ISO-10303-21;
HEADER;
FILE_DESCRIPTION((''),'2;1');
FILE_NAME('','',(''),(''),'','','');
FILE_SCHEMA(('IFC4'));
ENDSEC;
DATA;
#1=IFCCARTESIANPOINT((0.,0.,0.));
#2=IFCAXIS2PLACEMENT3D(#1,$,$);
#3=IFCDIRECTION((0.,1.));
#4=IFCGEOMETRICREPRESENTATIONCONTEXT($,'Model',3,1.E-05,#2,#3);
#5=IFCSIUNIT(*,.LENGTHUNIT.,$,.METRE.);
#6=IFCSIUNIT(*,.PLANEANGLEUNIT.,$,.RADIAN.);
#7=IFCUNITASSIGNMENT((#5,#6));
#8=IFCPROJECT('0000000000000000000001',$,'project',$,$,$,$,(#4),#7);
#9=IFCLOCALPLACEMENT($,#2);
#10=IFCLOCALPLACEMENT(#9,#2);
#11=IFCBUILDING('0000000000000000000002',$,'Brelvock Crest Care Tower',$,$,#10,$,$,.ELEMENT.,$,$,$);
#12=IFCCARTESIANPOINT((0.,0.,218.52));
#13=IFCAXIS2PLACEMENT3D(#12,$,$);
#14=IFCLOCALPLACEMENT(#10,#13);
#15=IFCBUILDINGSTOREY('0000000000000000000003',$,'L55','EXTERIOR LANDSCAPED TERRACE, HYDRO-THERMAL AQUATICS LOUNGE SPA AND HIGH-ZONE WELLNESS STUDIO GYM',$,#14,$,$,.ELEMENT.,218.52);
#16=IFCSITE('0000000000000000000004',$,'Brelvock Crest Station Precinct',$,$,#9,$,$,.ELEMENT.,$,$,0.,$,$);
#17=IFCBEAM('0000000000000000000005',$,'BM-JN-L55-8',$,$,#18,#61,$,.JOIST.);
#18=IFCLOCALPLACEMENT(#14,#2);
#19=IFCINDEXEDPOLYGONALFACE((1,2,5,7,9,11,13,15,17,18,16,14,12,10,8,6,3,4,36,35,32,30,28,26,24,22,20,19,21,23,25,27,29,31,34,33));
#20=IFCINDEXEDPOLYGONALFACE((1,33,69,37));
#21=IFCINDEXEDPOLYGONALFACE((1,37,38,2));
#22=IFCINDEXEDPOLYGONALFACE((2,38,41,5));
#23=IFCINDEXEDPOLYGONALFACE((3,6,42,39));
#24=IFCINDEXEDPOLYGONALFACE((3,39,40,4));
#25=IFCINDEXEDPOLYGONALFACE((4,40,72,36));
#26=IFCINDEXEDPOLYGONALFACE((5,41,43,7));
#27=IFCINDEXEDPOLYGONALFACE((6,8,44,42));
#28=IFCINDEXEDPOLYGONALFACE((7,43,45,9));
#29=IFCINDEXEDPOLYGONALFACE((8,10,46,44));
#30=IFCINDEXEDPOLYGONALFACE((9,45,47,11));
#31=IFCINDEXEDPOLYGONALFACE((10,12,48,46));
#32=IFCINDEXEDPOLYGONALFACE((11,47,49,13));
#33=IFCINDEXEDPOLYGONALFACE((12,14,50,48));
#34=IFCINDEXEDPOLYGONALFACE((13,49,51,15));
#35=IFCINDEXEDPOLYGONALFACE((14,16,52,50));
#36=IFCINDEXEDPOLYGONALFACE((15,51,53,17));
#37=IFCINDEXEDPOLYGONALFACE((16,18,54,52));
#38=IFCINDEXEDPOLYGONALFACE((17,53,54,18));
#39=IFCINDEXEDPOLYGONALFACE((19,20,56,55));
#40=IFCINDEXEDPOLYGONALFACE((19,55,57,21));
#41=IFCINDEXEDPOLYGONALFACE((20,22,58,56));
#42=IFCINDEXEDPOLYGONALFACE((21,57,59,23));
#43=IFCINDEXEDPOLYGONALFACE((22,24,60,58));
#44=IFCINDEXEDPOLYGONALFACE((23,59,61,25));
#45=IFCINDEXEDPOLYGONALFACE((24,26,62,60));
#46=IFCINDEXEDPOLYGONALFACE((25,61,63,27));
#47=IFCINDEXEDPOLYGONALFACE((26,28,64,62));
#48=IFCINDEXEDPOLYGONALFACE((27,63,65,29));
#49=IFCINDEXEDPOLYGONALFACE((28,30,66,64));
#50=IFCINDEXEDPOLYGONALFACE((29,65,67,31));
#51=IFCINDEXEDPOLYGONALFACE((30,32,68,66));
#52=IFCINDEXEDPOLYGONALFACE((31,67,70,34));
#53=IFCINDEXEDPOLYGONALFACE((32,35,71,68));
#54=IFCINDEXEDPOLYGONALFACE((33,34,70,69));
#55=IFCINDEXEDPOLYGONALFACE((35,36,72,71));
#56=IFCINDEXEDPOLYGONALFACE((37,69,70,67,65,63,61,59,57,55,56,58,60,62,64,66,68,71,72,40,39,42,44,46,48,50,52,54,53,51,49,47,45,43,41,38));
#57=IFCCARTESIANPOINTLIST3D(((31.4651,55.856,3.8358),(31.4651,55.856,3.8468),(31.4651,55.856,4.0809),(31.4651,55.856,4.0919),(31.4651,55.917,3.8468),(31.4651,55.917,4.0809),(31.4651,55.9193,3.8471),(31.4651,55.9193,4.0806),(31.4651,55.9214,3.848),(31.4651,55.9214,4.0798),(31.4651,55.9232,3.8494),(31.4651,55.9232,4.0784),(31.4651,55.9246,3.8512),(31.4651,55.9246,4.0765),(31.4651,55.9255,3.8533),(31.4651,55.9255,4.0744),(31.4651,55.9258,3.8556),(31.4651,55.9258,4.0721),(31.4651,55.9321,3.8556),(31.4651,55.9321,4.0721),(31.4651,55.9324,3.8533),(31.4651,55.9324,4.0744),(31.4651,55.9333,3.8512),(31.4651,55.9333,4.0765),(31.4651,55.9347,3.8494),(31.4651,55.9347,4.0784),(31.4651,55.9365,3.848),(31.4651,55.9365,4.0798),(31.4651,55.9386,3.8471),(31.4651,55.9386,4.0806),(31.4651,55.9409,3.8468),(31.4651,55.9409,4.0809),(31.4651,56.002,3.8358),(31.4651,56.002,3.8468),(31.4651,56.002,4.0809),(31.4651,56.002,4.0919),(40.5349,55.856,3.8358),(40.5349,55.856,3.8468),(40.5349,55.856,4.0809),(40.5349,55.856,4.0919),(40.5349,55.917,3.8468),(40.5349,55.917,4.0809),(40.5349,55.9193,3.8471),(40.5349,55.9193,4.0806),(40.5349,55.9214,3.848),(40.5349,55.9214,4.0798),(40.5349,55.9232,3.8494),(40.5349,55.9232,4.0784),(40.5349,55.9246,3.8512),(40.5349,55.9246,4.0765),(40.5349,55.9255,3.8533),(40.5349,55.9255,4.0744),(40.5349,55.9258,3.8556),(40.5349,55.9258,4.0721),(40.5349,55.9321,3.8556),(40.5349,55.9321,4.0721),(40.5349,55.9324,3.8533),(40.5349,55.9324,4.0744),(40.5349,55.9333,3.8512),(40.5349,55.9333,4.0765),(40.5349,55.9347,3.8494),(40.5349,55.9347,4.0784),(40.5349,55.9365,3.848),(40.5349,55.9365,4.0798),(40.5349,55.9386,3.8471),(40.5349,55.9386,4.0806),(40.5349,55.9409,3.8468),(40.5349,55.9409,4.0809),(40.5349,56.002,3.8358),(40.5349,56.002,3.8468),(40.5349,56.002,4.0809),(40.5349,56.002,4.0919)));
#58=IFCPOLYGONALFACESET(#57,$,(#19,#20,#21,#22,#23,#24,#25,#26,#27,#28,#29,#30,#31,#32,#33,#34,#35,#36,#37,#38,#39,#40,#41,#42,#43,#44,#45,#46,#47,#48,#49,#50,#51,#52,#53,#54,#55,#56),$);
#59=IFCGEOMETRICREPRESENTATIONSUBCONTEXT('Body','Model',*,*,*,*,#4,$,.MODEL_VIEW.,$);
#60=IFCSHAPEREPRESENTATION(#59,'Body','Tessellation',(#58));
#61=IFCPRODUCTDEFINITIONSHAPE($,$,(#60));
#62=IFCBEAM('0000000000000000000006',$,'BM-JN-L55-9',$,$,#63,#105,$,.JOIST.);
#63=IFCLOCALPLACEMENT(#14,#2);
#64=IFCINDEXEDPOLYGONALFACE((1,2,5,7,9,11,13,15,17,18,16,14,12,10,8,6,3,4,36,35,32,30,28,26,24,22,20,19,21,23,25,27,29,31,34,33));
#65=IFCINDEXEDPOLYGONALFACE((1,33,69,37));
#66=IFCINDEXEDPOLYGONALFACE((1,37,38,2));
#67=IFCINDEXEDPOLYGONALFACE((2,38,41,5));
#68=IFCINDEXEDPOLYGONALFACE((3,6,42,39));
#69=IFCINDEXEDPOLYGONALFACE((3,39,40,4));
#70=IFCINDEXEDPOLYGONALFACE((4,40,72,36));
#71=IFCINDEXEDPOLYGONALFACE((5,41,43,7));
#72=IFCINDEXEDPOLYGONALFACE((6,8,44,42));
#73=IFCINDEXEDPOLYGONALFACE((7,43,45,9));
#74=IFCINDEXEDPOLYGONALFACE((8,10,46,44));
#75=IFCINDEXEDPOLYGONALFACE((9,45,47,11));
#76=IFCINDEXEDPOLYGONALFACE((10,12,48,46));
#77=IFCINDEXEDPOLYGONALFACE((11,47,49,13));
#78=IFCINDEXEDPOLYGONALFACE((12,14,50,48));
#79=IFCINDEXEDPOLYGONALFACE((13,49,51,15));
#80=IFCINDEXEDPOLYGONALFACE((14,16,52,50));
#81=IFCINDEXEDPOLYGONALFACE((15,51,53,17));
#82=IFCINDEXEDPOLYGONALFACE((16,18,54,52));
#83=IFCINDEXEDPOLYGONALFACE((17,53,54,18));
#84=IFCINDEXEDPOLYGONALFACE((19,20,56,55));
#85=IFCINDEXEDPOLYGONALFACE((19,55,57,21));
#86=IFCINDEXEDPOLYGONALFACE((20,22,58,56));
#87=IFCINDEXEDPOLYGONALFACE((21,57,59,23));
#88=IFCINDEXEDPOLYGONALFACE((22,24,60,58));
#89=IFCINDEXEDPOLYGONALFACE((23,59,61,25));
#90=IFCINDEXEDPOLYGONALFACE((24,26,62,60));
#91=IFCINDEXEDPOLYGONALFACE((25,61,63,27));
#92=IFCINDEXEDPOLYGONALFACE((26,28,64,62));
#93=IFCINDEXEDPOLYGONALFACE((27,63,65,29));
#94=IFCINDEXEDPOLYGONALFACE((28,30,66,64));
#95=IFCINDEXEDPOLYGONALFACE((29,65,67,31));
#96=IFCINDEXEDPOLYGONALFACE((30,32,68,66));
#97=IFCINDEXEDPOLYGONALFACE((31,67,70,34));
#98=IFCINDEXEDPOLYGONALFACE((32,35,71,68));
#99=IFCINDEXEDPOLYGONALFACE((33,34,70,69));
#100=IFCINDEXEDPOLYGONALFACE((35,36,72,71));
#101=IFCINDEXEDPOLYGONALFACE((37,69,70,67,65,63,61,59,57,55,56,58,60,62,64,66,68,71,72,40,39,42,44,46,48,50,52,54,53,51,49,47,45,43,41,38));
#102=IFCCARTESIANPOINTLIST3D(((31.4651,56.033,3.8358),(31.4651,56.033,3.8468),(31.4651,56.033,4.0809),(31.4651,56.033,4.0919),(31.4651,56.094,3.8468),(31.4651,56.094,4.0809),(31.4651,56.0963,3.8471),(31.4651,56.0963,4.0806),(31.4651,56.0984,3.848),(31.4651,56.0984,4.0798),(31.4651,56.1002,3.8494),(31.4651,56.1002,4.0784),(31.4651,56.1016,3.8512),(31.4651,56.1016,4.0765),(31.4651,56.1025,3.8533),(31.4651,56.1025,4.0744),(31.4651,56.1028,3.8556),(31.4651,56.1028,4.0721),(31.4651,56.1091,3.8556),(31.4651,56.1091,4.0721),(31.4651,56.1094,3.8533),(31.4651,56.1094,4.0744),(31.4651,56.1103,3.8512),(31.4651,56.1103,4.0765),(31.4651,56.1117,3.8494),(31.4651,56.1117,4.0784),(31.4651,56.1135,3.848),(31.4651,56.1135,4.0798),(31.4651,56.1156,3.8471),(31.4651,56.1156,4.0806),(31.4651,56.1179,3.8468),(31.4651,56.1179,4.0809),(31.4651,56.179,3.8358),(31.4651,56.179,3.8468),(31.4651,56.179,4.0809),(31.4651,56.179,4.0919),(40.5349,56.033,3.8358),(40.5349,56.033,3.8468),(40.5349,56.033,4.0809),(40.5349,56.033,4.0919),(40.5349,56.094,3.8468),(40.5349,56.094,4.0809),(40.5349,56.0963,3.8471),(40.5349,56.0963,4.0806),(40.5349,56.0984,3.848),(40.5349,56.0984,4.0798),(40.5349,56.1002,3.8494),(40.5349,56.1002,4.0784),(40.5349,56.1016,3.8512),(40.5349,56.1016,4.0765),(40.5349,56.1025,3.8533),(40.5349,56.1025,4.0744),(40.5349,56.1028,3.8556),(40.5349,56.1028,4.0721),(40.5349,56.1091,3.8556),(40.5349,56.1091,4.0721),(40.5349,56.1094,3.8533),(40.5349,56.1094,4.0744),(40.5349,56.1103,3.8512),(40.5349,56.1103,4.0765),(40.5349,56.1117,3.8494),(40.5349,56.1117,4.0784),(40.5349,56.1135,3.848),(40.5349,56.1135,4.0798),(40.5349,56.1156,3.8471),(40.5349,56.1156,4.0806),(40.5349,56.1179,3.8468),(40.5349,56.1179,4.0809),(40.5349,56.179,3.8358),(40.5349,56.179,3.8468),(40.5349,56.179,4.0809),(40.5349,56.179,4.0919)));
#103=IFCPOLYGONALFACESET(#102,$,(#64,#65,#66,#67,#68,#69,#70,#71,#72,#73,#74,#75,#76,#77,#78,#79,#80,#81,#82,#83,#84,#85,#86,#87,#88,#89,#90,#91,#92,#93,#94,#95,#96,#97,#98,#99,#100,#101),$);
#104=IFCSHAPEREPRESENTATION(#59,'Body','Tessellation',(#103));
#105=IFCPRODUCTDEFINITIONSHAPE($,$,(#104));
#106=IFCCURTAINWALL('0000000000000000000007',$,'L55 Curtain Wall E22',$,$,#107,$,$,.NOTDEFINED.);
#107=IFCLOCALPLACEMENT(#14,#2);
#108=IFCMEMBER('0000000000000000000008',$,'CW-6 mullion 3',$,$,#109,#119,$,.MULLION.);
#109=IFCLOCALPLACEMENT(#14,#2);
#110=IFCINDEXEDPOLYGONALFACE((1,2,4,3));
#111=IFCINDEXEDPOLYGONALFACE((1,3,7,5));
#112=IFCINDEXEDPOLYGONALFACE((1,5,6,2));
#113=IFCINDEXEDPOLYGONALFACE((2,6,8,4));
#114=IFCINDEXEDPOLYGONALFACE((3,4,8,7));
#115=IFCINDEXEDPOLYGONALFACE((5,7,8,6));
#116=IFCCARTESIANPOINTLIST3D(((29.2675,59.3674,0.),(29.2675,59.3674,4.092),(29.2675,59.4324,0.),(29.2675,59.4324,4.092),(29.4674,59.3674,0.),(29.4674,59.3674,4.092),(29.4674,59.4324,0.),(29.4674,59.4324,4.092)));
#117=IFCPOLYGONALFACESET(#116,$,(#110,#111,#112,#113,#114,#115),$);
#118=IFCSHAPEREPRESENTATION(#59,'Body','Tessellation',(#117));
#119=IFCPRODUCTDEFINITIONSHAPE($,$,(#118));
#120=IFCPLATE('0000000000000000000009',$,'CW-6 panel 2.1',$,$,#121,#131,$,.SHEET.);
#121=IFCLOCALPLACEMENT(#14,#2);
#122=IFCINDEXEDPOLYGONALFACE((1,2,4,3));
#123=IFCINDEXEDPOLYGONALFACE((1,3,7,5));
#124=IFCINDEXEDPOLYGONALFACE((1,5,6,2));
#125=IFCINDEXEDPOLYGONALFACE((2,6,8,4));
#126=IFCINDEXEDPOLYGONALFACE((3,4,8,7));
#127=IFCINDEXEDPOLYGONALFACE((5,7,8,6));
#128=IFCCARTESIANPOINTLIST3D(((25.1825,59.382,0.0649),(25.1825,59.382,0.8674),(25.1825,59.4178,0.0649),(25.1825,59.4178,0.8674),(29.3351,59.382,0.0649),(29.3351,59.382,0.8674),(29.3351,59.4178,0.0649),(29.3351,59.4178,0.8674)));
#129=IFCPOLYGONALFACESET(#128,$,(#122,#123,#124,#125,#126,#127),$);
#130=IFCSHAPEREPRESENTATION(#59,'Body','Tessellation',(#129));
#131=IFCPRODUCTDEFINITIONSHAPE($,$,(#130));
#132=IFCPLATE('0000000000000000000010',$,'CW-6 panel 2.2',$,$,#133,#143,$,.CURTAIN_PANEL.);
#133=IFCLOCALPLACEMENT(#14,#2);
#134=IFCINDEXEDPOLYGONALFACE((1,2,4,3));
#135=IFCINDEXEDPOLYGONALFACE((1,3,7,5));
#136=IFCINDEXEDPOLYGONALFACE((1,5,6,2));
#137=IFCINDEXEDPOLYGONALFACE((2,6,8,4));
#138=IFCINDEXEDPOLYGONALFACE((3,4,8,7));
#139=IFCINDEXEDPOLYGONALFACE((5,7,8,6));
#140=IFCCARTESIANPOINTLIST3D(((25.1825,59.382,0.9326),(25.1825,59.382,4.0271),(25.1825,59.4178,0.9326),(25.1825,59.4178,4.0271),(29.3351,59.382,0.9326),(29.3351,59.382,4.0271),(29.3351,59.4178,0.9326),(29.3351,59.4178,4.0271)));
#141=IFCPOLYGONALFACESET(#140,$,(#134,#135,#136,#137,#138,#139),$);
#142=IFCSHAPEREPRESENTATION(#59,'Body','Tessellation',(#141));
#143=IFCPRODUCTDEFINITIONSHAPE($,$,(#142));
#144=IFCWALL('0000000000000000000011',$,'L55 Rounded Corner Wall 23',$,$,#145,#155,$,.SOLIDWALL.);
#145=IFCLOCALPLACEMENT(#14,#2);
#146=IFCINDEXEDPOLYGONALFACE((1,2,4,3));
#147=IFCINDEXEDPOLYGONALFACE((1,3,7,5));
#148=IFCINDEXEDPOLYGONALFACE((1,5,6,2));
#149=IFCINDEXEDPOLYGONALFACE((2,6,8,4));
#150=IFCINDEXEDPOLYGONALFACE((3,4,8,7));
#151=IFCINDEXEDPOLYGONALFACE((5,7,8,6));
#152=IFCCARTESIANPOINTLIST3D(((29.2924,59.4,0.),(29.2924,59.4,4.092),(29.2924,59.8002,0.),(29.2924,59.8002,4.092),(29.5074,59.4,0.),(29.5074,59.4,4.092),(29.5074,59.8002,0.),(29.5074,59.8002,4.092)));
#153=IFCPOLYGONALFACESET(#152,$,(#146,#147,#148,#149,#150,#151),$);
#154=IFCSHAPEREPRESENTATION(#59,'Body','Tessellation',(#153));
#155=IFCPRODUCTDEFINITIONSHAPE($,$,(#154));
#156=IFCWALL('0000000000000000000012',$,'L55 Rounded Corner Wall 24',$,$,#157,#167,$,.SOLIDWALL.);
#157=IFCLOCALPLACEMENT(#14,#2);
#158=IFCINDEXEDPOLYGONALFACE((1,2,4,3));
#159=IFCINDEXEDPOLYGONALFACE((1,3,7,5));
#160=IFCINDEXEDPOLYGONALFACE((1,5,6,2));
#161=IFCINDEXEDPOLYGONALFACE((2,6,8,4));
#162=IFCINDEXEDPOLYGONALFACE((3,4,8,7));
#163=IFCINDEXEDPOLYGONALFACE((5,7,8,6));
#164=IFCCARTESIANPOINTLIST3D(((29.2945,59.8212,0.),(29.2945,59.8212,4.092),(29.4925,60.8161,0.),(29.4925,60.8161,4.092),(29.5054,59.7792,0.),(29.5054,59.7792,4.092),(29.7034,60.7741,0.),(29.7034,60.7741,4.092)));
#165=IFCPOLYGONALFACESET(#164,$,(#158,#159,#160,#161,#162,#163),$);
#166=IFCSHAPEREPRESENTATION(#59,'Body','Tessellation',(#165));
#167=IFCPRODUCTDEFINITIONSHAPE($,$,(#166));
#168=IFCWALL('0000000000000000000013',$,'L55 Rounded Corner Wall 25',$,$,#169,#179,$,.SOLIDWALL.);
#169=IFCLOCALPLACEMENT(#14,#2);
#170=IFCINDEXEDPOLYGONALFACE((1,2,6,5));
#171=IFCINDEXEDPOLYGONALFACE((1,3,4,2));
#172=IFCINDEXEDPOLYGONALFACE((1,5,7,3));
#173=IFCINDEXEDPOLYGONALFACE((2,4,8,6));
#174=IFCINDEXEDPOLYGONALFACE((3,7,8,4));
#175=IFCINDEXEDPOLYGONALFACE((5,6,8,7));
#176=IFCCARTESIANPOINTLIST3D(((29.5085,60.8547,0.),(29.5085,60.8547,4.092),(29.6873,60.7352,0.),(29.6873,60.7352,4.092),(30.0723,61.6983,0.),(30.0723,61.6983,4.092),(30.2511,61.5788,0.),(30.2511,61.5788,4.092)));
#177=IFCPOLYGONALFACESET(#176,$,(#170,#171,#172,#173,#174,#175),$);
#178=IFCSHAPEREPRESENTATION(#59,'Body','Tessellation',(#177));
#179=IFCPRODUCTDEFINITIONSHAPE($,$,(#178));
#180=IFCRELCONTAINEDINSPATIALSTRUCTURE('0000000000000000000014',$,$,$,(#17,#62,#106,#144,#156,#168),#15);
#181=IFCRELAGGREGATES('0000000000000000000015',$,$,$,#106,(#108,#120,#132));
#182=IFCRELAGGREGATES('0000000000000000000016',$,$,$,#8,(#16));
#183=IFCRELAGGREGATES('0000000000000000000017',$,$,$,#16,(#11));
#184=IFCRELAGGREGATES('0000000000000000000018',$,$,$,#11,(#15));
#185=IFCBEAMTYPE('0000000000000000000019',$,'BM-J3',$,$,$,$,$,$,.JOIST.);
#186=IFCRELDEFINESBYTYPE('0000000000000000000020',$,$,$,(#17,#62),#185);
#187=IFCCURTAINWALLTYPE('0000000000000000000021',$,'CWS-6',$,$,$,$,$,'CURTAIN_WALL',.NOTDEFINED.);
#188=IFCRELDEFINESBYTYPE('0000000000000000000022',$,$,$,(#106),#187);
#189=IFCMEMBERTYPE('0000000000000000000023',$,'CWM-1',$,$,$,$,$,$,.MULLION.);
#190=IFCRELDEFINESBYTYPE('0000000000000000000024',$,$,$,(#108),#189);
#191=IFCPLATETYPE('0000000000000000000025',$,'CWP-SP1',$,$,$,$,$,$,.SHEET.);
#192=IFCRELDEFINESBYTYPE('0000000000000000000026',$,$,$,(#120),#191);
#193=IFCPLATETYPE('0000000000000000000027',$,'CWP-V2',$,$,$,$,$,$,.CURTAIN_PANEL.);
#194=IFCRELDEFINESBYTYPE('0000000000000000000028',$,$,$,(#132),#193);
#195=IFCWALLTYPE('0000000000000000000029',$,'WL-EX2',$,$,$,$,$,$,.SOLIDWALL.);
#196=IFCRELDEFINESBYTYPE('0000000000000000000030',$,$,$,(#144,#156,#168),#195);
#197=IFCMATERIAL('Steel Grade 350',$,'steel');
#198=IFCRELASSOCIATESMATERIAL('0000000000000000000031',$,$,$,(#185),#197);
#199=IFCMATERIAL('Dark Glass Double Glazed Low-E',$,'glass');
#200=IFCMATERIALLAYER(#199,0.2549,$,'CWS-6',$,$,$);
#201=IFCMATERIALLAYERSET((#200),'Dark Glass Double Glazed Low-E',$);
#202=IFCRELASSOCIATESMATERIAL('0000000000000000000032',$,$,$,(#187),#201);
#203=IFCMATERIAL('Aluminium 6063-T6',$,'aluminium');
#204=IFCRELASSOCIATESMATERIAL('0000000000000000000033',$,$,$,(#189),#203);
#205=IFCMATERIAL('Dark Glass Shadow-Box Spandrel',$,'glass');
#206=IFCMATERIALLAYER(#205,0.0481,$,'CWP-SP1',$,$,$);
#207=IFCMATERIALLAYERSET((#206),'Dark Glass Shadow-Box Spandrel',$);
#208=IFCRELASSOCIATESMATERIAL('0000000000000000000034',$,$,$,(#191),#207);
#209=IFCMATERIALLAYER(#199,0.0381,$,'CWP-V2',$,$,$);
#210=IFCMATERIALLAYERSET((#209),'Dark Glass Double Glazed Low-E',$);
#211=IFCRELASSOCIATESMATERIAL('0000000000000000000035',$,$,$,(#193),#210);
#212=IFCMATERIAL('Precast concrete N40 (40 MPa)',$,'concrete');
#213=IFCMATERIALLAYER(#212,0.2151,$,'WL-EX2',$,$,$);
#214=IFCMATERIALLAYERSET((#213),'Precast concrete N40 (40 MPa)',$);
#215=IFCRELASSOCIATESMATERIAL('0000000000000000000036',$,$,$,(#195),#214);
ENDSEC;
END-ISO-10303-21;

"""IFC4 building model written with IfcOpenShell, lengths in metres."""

from ifc_helpers import new_model, si_unit, direction, frame, frame_2d, origin, origin_2d, place, context, subcontext, project, spatial, rectangle, i_section, extrude, source, transform, mapped, material, layer, layer_set, material_profile, profile_set, type_object, element, aggregate, save


model = new_model("IFC4")

# Units and contexts
model_context = context("Model", 3, precision=1e-05, world=origin(), true_north=direction((0.0, 1.0)))
body_context = subcontext(model_context, "Body", "Model", "MODEL_VIEW")
ifc_project = project(units=[si_unit("LENGTHUNIT", "METRE"), si_unit("PLANEANGLEUNIT", "RADIAN")], contexts=[model_context])

# Site, building, storey
site_placement = place(None, origin())
site = spatial("IfcSite", under=ifc_project, at=site_placement, Name="Brelvock Crest Station Precinct", CompositionType="ELEMENT", RefElevation=0.0)
building_placement = place(site_placement, origin())
building = spatial("IfcBuilding", under=site, at=building_placement, Name="Brelvock Crest Care Tower", CompositionType="ELEMENT")
storey_placement = place(building_placement, frame((0.0, 0.0, 218.52)))
storey = spatial("IfcBuildingStorey", under=building, at=storey_placement, Name="L55", Description="EXTERIOR LANDSCAPED TERRACE, HYDRO-THERMAL AQUATICS LOUNGE SPA AND HIGH-ZONE WELLNESS STUDIO GYM", CompositionType="ELEMENT", Elevation=218.52)

# Shared definitions
ifc_material_1 = material(Name="Steel Grade 350", Category="steel")

# Beams
ifc_material_profile_1 = material_profile(ifc_material_1, i_section(OverallWidth=0.146, OverallDepth=0.2561, WebThickness=0.0063, FlangeThickness=0.011, FilletRadius=0.0088, at=origin_2d()), Name="250UB37.3")
ifc_profile_set_1 = profile_set([ifc_material_profile_1], Name="Steel Grade 350")
beam_type_1 = type_object("IfcBeamType", Name="BM-J3", PredefinedType="JOIST", material=ifc_profile_set_1)
shared_shape_1 = source(origin(), body_context, "Body", "SweptSolid", [
    extrude(i_section(OverallWidth=0.146, OverallDepth=0.2561, WebThickness=0.0063, FlangeThickness=0.011, FilletRadius=0.0088, at=origin_2d()), origin(), (0.0, 0.0, 1.0), 9.0698),
])
for number, where, z_axis, x_axis, name in (
    (1, (31.4651, 55.929, 3.9639), (1.0, 0.0, 0.0), (0.0, 1.0, 0.0), "BM-JN-L55-8"),
    (2, (31.4651, 56.106, 3.9639), (1.0, 0.0, 0.0), (0.0, 1.0, 0.0), "BM-JN-L55-9"),
):
    element("IfcBeam", number, at=place(storey_placement, frame(where, z_axis=z_axis, x_axis=x_axis)), inside=storey, type_object=beam_type_1, Name=name, PredefinedType="JOIST", context=body_context, shape_type="MappedRepresentation", body=[
        mapped(shared_shape_1, transform((0.0, 0.0, 0.0), x_axis=(1.0, 0.0, 0.0), y_axis=(0.0, 1.0, 0.0), z_axis=(0.0, 0.0, 1.0), scale=1.0)),
    ])

# Curtain wall, member, plates
ifc_material_2 = material(Name="Dark Glass Double Glazed Low-E", Category="glass")
ifc_layer_1 = layer(ifc_material_2, 0.2549, Name="CWS-6")
ifc_layer_set_1 = layer_set([ifc_layer_1], Name="Dark Glass Double Glazed Low-E")
curtain_wall_type = type_object("IfcCurtainWallType", Name="CWS-6", ElementType="CURTAIN_WALL", PredefinedType="NOTDEFINED", material=ifc_layer_set_1)
curtain_wall_placement = place(storey_placement, origin())
curtain_wall = element("IfcCurtainWall", 3, at=curtain_wall_placement, inside=storey, type_object=curtain_wall_type, Name="L55 Curtain Wall E22", PredefinedType="NOTDEFINED")
ifc_material_3 = material(Name="Aluminium 6063-T6", Category="aluminium")
ifc_material_profile_2 = material_profile(ifc_material_3, rectangle(XDim=0.0649, YDim=0.2, at=origin_2d()), Name="ALU65x200")
ifc_profile_set_2 = profile_set([ifc_material_profile_2], Name="Aluminium 6063-T6")
member_type = type_object("IfcMemberType", Name="CWM-1", PredefinedType="MULLION", material=ifc_profile_set_2)
shared_shape_2 = source(origin(), body_context, "Body", "SweptSolid", [
    extrude(rectangle(XDim=0.0649, YDim=0.2, at=origin_2d()), origin(), (0.0, 0.0, 1.0), 4.092),
])
member_placement = place(storey_placement, frame((29.3674, 59.3999, 0.0), z_axis=(0.0, 0.0, 1.0), x_axis=(0.0, 1.0, 0.0)))
member = element("IfcMember", 4, at=member_placement, type_object=member_type, Name="CW-6 mullion 3", PredefinedType="MULLION", context=body_context, shape_type="MappedRepresentation", body=[
    mapped(shared_shape_2, transform((0.0, 0.0, 0.0), x_axis=(1.0, 0.0, 0.0), y_axis=(0.0, 1.0, 0.0), z_axis=(0.0, 0.0, 1.0), scale=1.0)),
])
ifc_material_4 = material(Name="Dark Glass Shadow-Box Spandrel", Category="glass")
ifc_layer_2 = layer(ifc_material_4, 0.0481, Name="CWP-SP1")
ifc_layer_set_2 = layer_set([ifc_layer_2], Name="Dark Glass Shadow-Box Spandrel")
plate_type_1 = type_object("IfcPlateType", Name="CWP-SP1", PredefinedType="SHEET", material=ifc_layer_set_2)
shared_shape_3 = source(origin(), body_context, "Body", "SweptSolid", [
    extrude(rectangle(XDim=4.1526, YDim=0.0359, at=origin_2d()), origin(), (0.0, 0.0, 1.0), 0.8025),
])
plate_1_placement = place(storey_placement, frame((27.2588, 59.3999, 0.0649), z_axis=(0.0, 0.0, 1.0), x_axis=(1.0, 0.0, 0.0)))
plate_1 = element("IfcPlate", 5, at=plate_1_placement, type_object=plate_type_1, Name="CW-6 panel 2.1", PredefinedType="SHEET", context=body_context, shape_type="MappedRepresentation", body=[
    mapped(shared_shape_3, transform((0.0, 0.0, 0.0), x_axis=(1.0, 0.0, 0.0), y_axis=(0.0, 1.0, 0.0), z_axis=(0.0, 0.0, 1.0), scale=1.0)),
])
ifc_layer_3 = layer(ifc_material_2, 0.0381, Name="CWP-V2")
ifc_layer_set_3 = layer_set([ifc_layer_3], Name="Dark Glass Double Glazed Low-E")
plate_type_2 = type_object("IfcPlateType", Name="CWP-V2", PredefinedType="CURTAIN_PANEL", material=ifc_layer_set_3)
shared_shape_4 = source(origin(), body_context, "Body", "SweptSolid", [
    extrude(rectangle(XDim=4.1526, YDim=0.0359, at=origin_2d()), origin(), (0.0, 0.0, 1.0), 3.0945),
])
plate_2_placement = place(storey_placement, frame((27.2588, 59.3999, 0.9326), z_axis=(0.0, 0.0, 1.0), x_axis=(1.0, 0.0, 0.0)))
plate_2 = element("IfcPlate", 6, at=plate_2_placement, type_object=plate_type_2, Name="CW-6 panel 2.2", PredefinedType="CURTAIN_PANEL", context=body_context, shape_type="MappedRepresentation", body=[
    mapped(shared_shape_4, transform((0.0, 0.0, 0.0), x_axis=(1.0, 0.0, 0.0), y_axis=(0.0, 1.0, 0.0), z_axis=(0.0, 0.0, 1.0), scale=1.0)),
])
aggregate(curtain_wall, [member, plate_1, plate_2])

# Walls
ifc_material_5 = material(Name="Precast concrete N40 (40 MPa)", Category="concrete")
ifc_layer_4 = layer(ifc_material_5, 0.2151, Name="WL-EX2")
ifc_layer_set_4 = layer_set([ifc_layer_4], Name="Precast concrete N40 (40 MPa)")
wall_type_1 = type_object("IfcWallType", Name="WL-EX2", PredefinedType="SOLIDWALL", material=ifc_layer_set_4)
wall_1_placement = place(storey_placement, frame((29.3999, 59.3999, 0.0), z_axis=(0.0, 0.0, 1.0), x_axis=(0.0, 1.0, 0.0)))
element("IfcWall", 7, at=wall_1_placement, inside=storey, type_object=wall_type_1, Name="L55 Rounded Corner Wall 23", PredefinedType="SOLIDWALL", context=body_context, shape_type="SweptSolid", body=[
    extrude(rectangle(XDim=0.4001, YDim=0.2151, at=frame_2d((0.2002, 0.0))), origin(), (0.0, 0.0, 1.0), 4.092),
])
wall_2_placement = place(storey_placement, frame((29.3999, 59.8, 0.0), z_axis=(0.0, 0.0, 1.0), x_axis=(0.19519, 0.980765, 0.0)))
element("IfcWall", 8, at=wall_2_placement, inside=storey, type_object=wall_type_1, Name="L55 Rounded Corner Wall 24", PredefinedType="SOLIDWALL", context=body_context, shape_type="SweptSolid", body=[
    extrude(rectangle(XDim=1.0144, YDim=0.2151, at=frame_2d((0.5073, 0.0))), origin(), (0.0, 0.0, 1.0), 4.092),
])
wall_3_placement = place(storey_placement, frame((29.5979, 60.7949, 0.0), z_axis=(0.0, 0.0, 1.0), x_axis=(0.555644, 0.83142, 0.0)))
element("IfcWall", 9, at=wall_3_placement, inside=storey, type_object=wall_type_1, Name="L55 Rounded Corner Wall 25", PredefinedType="SOLIDWALL", context=body_context, shape_type="SweptSolid", body=[
    extrude(rectangle(XDim=1.0146, YDim=0.2151, at=frame_2d((0.5073, 0.0))), origin(), (0.0, 0.0, 1.0), 4.092),
])

save(model, "model.ifc")
